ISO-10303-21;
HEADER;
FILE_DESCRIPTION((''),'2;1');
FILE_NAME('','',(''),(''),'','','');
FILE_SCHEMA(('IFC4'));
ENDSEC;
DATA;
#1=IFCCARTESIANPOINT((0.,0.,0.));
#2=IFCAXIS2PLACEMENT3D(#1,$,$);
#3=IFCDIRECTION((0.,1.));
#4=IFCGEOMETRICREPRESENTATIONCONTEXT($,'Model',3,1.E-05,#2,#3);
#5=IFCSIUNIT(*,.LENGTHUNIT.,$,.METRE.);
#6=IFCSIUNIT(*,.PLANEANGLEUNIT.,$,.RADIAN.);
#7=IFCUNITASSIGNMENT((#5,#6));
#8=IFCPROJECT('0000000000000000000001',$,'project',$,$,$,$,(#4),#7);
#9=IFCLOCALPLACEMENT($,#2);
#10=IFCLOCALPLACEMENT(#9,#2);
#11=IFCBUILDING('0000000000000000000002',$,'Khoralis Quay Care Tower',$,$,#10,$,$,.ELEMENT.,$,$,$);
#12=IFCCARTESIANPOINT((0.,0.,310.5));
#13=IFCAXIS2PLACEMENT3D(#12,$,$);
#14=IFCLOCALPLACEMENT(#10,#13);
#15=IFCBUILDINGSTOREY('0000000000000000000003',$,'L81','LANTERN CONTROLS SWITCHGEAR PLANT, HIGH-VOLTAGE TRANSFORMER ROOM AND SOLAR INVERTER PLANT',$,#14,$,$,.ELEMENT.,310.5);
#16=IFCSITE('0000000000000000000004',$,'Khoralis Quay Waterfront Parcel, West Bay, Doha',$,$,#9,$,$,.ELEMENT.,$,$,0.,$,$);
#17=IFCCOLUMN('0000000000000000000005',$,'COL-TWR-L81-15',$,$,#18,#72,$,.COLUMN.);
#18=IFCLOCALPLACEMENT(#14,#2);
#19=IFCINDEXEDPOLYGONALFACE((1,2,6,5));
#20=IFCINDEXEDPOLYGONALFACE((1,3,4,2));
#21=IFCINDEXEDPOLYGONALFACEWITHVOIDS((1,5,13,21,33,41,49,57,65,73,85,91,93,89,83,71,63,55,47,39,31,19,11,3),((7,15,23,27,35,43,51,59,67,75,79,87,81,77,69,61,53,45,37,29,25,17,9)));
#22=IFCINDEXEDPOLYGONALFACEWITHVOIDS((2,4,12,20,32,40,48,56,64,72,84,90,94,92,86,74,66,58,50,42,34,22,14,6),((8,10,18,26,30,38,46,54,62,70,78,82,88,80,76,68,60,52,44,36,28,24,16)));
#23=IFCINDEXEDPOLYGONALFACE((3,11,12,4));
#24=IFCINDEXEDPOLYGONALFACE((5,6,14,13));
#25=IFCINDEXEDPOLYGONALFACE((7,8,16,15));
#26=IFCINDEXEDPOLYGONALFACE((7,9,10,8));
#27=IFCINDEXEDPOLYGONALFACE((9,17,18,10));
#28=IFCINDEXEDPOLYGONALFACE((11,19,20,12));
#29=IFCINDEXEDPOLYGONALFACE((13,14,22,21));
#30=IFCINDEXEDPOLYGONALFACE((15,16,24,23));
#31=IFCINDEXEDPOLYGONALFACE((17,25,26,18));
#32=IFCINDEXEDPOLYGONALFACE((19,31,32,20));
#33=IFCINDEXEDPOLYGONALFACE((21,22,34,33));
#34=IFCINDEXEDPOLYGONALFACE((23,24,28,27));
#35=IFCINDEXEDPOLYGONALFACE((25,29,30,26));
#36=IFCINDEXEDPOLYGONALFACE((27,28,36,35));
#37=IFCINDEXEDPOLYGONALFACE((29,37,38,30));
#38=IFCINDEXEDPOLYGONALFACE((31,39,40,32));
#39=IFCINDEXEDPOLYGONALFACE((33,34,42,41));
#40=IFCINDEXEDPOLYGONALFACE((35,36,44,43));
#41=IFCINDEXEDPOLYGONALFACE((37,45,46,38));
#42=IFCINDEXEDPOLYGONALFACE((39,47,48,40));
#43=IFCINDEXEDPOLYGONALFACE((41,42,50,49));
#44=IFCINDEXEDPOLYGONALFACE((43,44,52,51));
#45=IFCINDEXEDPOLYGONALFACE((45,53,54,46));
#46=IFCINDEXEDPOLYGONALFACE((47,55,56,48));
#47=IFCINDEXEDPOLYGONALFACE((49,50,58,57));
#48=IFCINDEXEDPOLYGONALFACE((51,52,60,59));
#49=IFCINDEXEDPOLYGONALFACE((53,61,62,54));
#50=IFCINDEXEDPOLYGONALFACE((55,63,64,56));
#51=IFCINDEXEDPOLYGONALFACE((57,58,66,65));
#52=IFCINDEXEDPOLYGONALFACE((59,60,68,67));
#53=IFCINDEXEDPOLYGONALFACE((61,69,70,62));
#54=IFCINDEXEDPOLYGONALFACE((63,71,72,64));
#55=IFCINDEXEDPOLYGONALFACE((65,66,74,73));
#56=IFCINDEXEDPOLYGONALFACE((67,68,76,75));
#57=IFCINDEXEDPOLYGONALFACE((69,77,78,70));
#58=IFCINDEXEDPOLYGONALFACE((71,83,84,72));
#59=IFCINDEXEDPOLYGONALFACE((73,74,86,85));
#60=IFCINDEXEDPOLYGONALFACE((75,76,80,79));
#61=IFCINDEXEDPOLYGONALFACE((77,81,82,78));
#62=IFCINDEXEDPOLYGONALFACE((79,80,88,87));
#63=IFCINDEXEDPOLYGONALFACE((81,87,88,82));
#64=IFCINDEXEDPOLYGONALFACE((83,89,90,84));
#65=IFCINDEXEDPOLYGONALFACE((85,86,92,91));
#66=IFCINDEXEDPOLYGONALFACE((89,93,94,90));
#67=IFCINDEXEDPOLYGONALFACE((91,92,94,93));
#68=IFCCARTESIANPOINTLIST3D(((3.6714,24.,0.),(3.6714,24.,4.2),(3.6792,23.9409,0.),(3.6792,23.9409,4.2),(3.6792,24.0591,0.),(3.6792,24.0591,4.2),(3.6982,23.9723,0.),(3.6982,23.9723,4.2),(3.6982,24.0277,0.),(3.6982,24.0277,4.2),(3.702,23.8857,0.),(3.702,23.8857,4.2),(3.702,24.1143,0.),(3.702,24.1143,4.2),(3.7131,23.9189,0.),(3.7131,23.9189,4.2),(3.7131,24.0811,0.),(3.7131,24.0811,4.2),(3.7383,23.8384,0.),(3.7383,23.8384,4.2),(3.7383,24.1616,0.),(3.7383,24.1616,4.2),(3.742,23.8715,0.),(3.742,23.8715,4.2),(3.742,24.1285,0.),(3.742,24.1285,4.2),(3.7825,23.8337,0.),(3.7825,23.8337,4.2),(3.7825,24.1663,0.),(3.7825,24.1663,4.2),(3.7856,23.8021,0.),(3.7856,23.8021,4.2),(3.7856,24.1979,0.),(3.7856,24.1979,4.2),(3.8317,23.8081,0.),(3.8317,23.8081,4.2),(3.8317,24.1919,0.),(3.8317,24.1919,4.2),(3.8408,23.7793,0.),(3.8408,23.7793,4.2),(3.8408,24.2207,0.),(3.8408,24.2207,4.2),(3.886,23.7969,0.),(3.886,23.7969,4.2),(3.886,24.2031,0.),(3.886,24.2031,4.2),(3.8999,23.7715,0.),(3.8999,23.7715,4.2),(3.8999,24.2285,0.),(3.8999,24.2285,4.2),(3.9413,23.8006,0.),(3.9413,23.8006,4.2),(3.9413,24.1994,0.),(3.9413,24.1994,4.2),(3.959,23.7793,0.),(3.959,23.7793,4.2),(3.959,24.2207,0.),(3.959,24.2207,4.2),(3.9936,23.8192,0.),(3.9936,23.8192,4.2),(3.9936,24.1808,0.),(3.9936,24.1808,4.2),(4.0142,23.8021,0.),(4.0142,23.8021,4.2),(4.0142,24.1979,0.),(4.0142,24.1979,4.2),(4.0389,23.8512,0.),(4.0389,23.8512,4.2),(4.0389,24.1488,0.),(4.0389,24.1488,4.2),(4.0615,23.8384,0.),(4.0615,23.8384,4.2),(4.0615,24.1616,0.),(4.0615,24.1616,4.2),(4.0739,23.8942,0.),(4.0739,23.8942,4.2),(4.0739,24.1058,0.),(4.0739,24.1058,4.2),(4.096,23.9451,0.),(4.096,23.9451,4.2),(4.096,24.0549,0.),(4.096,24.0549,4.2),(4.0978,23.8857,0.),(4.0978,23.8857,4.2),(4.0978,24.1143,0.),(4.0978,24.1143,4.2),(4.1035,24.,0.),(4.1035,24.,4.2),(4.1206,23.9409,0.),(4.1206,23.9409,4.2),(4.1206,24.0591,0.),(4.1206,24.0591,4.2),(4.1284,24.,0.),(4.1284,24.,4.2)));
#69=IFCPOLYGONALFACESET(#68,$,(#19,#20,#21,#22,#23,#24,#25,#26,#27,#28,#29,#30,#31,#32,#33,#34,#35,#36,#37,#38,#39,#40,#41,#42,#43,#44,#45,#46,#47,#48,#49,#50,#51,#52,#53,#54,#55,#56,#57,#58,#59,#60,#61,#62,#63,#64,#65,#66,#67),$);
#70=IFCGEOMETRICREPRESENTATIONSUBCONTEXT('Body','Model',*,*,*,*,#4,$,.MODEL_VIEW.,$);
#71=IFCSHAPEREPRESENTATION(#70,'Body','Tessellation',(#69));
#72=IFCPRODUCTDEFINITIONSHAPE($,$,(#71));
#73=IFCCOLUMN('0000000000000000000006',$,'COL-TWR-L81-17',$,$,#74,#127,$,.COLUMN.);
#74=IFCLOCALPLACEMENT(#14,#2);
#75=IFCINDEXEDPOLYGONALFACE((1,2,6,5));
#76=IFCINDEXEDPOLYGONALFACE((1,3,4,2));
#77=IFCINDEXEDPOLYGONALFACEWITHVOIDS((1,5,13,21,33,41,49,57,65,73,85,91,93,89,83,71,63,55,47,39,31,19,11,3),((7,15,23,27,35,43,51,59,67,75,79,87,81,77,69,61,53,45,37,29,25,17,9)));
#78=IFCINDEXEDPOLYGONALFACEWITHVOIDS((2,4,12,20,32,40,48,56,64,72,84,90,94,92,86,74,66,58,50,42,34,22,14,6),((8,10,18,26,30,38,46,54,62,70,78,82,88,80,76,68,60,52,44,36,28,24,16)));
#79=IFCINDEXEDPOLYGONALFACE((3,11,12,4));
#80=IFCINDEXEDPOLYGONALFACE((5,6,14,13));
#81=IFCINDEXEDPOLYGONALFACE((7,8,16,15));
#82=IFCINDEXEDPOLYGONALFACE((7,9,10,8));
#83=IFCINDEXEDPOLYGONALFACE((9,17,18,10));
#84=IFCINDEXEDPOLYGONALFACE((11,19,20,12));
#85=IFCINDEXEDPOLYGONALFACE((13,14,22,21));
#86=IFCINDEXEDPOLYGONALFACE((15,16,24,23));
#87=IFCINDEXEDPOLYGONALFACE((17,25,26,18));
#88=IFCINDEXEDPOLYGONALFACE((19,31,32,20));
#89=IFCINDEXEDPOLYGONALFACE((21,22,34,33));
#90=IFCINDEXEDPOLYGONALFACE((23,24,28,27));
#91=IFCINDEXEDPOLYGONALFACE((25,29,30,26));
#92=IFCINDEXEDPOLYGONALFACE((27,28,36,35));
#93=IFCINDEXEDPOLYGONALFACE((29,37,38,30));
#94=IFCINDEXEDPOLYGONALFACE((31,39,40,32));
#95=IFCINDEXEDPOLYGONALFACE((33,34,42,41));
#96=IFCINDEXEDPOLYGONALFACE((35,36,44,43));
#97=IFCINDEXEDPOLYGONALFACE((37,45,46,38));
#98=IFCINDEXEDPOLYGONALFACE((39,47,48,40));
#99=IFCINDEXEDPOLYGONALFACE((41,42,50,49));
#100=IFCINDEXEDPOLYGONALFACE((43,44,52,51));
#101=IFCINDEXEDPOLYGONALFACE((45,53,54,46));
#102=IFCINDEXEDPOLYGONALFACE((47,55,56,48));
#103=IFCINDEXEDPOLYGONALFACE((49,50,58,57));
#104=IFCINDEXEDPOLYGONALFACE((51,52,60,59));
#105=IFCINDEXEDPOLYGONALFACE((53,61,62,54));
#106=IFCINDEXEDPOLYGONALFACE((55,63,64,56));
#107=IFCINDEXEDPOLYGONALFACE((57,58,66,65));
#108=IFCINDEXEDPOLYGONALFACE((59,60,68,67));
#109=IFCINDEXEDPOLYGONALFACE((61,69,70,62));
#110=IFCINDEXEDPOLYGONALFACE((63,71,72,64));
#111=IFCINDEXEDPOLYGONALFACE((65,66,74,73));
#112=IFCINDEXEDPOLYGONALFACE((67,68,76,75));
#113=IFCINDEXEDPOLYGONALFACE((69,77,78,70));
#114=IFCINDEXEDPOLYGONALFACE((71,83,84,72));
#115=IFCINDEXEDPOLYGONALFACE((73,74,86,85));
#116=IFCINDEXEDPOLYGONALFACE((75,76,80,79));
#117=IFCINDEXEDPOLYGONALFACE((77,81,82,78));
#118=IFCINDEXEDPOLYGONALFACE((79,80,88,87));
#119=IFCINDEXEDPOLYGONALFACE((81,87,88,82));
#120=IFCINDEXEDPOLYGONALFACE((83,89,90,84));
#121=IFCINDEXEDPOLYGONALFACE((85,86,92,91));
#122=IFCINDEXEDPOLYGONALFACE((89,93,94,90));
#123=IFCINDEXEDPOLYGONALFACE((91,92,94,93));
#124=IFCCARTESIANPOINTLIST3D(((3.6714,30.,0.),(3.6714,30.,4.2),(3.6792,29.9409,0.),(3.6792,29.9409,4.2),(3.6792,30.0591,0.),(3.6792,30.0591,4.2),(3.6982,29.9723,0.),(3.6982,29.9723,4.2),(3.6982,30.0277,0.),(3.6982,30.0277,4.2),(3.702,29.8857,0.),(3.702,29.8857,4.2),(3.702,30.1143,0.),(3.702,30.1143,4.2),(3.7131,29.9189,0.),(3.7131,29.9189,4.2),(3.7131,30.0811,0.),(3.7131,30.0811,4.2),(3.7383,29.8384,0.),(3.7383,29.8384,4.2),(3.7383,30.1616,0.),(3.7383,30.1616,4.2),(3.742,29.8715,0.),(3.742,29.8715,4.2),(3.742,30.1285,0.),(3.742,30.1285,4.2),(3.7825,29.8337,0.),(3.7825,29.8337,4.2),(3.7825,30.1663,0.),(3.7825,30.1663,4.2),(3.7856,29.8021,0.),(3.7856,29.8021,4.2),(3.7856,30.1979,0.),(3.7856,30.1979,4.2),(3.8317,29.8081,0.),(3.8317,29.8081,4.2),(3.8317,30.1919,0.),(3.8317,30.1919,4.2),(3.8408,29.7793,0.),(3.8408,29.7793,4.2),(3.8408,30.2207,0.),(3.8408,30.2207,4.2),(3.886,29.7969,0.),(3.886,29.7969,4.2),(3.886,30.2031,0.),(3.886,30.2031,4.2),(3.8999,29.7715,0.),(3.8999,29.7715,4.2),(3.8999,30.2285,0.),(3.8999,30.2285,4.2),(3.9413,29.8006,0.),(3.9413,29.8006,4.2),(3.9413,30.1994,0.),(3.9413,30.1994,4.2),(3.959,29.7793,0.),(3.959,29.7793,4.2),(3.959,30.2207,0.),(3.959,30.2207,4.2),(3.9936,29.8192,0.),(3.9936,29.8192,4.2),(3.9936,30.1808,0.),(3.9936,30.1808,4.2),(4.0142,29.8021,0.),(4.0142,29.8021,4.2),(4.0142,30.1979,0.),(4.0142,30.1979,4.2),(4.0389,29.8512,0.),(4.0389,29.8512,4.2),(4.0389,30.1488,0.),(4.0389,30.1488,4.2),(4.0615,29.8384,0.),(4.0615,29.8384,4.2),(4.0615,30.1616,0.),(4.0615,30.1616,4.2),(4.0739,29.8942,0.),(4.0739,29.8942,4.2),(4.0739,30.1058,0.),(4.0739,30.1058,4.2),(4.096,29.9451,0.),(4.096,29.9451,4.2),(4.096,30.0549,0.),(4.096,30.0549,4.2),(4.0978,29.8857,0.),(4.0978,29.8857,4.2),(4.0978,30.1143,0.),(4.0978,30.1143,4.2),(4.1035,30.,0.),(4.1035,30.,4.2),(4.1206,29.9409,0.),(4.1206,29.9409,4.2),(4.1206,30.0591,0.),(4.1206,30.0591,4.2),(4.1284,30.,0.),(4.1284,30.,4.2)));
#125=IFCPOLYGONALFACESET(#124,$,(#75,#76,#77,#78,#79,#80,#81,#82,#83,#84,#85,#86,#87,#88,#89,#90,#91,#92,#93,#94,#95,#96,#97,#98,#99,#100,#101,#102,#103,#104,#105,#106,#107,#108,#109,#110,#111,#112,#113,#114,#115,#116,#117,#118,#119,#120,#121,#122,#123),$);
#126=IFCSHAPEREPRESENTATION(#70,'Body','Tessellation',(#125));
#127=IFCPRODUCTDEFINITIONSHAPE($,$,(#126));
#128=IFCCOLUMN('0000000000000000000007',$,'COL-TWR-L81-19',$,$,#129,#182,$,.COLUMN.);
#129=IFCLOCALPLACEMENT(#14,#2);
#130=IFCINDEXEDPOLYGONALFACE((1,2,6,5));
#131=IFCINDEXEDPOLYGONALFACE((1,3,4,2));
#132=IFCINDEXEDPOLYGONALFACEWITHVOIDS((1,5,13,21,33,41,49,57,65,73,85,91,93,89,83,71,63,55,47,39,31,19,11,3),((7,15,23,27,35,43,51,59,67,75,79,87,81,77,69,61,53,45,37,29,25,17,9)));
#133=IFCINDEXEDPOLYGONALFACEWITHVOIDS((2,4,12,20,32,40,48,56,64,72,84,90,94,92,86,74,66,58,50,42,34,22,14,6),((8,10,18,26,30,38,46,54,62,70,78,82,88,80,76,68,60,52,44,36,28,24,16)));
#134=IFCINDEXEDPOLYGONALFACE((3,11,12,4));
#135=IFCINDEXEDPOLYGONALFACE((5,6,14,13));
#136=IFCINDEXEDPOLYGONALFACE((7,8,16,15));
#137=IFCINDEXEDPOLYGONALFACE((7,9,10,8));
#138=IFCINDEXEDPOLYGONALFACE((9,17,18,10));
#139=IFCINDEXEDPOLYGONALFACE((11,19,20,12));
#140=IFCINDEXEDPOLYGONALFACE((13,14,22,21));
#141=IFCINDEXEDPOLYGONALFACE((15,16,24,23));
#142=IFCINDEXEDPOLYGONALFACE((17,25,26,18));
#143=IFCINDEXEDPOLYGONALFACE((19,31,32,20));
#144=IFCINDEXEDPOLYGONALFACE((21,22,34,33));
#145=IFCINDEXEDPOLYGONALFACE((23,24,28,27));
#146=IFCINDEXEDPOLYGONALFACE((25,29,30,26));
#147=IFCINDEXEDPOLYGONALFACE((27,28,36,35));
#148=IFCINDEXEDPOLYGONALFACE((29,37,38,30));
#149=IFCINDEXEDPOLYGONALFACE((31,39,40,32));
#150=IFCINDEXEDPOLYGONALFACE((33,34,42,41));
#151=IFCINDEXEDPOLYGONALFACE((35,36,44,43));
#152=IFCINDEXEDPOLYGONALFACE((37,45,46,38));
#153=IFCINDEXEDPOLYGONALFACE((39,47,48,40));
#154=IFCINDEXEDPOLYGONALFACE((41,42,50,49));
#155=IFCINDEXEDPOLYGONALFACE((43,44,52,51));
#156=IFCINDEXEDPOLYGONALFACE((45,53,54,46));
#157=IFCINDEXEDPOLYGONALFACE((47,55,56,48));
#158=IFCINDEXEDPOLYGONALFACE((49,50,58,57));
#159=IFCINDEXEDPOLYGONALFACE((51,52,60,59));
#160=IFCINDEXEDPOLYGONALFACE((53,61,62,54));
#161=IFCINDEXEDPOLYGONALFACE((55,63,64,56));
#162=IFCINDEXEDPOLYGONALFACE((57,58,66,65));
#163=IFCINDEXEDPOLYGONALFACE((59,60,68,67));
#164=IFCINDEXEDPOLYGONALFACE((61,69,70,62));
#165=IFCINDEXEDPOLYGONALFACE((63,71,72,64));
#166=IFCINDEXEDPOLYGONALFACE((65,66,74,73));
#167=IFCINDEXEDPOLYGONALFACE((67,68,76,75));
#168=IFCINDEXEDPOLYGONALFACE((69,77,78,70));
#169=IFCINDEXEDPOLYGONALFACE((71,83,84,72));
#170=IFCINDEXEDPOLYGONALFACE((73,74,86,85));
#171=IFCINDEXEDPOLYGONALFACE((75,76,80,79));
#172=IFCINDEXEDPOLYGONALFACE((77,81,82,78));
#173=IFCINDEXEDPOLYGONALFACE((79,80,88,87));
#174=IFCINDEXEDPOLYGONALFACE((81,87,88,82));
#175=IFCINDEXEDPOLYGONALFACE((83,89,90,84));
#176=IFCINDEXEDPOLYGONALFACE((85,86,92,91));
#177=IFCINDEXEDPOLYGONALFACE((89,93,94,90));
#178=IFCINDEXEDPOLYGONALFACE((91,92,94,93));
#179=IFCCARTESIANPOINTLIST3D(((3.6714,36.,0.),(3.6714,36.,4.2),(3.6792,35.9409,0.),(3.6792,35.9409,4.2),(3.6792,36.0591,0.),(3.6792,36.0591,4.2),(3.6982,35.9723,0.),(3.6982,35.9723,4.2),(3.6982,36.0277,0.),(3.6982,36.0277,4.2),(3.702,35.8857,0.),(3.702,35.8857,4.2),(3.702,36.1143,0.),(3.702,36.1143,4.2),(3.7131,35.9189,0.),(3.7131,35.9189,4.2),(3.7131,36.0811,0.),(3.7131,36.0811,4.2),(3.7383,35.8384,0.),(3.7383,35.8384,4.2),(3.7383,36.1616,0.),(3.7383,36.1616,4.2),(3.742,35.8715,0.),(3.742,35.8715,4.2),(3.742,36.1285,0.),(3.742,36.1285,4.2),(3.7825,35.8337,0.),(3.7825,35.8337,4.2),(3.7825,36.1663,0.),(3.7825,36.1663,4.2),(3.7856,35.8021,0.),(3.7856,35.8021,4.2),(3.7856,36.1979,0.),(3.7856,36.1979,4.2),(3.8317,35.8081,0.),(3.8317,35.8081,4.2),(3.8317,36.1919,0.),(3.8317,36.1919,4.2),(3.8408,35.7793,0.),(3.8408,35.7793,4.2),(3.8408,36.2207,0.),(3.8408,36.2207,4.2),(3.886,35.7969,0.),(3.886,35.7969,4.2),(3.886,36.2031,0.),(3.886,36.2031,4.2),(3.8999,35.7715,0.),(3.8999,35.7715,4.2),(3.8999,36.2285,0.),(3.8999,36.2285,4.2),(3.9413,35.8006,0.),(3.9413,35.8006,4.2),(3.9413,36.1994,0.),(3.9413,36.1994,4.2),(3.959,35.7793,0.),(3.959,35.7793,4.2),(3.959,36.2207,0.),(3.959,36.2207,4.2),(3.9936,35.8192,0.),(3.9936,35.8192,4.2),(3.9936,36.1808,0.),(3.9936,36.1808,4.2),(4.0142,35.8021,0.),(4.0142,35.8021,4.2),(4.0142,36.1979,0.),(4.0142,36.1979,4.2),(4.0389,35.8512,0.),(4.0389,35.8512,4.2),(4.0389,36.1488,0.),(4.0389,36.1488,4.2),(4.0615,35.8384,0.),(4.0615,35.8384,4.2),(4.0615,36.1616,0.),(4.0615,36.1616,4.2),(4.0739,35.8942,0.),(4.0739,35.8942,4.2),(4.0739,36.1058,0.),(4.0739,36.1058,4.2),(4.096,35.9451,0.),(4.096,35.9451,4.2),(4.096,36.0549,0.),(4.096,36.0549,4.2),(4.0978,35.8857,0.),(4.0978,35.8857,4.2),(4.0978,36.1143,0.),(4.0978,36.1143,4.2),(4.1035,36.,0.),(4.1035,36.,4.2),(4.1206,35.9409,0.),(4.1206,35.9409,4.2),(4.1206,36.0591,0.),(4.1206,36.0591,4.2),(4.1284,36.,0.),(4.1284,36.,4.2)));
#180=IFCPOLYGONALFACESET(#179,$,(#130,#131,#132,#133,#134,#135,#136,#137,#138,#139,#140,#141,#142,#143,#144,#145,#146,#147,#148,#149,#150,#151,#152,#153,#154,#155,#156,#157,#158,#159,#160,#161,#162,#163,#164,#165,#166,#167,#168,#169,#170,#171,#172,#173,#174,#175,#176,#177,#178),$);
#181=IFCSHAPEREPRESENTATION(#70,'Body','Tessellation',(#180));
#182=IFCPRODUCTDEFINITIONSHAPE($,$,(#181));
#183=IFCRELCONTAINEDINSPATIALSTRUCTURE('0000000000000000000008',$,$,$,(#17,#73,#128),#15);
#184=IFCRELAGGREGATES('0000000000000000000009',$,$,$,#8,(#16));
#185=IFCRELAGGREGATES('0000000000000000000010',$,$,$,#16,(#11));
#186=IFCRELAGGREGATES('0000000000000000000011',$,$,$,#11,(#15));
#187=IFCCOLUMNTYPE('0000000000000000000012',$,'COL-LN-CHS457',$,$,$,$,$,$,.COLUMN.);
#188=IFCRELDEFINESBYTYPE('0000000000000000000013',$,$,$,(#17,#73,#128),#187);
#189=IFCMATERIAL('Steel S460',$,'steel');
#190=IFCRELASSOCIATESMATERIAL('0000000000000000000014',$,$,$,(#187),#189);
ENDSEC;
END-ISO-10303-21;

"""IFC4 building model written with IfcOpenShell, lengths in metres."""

from ifc_helpers import new_model, si_unit, direction, frame, origin, origin_2d, place, context, subcontext, project, spatial, hollow_circle, extrude, source, transform, mapped, material, material_profile, profile_set, type_object, element, save


model = new_model("IFC4")

# Units and contexts
model_context = context("Model", 3, precision=1e-05, world=origin(), true_north=direction((0.0, 1.0)))
body_context = subcontext(model_context, "Body", "Model", "MODEL_VIEW")
ifc_project = project(units=[si_unit("LENGTHUNIT", "METRE"), si_unit("PLANEANGLEUNIT", "RADIAN")], contexts=[model_context])

# Site, building, storey
site_placement = place(None, origin())
site = spatial("IfcSite", under=ifc_project, at=site_placement, Name="Khoralis Quay Waterfront Parcel, West Bay, Doha", CompositionType="ELEMENT", RefElevation=0.0)
building_placement = place(site_placement, origin())
building = spatial("IfcBuilding", under=site, at=building_placement, Name="Khoralis Quay Care Tower", CompositionType="ELEMENT")
storey_placement = place(building_placement, frame((0.0, 0.0, 310.5)))
storey = spatial("IfcBuildingStorey", under=building, at=storey_placement, Name="L81", Description="LANTERN CONTROLS SWITCHGEAR PLANT, HIGH-VOLTAGE TRANSFORMER ROOM AND SOLAR INVERTER PLANT", CompositionType="ELEMENT", Elevation=310.5)

# Columns
ifc_material_1 = material(Name="Steel S460", Category="steel")
ifc_material_profile_1 = material_profile(ifc_material_1, hollow_circle(Radius=0.2285, WallThickness=0.0249, at=origin_2d()), Name="Steel S460")
ifc_profile_set_1 = profile_set([ifc_material_profile_1], Name="Steel S460")
column_type = type_object("IfcColumnType", Name="COL-LN-CHS457", PredefinedType="COLUMN", material=ifc_profile_set_1)
shared_shape_1 = source(origin(), body_context, "Body", "SweptSolid", [
    extrude(hollow_circle(Radius=0.2285, WallThickness=0.0249, at=origin_2d()), origin(), (0.0, 0.0, 1.0), 4.2),
])
for number, where, z_axis, x_axis, name in (
    (1, (3.8999, 24.0, 0.0), (0.0, 0.0, 1.0), (1.0, 0.0, 0.0), "COL-TWR-L81-15"),
    (2, (3.8999, 30.0, 0.0), (0.0, 0.0, 1.0), (1.0, 0.0, 0.0), "COL-TWR-L81-17"),
    (3, (3.8999, 36.0, 0.0), (0.0, 0.0, 1.0), (1.0, 0.0, 0.0), "COL-TWR-L81-19"),
):
    element("IfcColumn", number, at=place(storey_placement, frame(where, z_axis=z_axis, x_axis=x_axis)), inside=storey, type_object=column_type, Name=name, PredefinedType="COLUMN", context=body_context, shape_type="MappedRepresentation", body=[
        mapped(shared_shape_1, transform((0.0, 0.0, 0.0), scale=1.0)),
    ])

save(model, "model.ifc")
